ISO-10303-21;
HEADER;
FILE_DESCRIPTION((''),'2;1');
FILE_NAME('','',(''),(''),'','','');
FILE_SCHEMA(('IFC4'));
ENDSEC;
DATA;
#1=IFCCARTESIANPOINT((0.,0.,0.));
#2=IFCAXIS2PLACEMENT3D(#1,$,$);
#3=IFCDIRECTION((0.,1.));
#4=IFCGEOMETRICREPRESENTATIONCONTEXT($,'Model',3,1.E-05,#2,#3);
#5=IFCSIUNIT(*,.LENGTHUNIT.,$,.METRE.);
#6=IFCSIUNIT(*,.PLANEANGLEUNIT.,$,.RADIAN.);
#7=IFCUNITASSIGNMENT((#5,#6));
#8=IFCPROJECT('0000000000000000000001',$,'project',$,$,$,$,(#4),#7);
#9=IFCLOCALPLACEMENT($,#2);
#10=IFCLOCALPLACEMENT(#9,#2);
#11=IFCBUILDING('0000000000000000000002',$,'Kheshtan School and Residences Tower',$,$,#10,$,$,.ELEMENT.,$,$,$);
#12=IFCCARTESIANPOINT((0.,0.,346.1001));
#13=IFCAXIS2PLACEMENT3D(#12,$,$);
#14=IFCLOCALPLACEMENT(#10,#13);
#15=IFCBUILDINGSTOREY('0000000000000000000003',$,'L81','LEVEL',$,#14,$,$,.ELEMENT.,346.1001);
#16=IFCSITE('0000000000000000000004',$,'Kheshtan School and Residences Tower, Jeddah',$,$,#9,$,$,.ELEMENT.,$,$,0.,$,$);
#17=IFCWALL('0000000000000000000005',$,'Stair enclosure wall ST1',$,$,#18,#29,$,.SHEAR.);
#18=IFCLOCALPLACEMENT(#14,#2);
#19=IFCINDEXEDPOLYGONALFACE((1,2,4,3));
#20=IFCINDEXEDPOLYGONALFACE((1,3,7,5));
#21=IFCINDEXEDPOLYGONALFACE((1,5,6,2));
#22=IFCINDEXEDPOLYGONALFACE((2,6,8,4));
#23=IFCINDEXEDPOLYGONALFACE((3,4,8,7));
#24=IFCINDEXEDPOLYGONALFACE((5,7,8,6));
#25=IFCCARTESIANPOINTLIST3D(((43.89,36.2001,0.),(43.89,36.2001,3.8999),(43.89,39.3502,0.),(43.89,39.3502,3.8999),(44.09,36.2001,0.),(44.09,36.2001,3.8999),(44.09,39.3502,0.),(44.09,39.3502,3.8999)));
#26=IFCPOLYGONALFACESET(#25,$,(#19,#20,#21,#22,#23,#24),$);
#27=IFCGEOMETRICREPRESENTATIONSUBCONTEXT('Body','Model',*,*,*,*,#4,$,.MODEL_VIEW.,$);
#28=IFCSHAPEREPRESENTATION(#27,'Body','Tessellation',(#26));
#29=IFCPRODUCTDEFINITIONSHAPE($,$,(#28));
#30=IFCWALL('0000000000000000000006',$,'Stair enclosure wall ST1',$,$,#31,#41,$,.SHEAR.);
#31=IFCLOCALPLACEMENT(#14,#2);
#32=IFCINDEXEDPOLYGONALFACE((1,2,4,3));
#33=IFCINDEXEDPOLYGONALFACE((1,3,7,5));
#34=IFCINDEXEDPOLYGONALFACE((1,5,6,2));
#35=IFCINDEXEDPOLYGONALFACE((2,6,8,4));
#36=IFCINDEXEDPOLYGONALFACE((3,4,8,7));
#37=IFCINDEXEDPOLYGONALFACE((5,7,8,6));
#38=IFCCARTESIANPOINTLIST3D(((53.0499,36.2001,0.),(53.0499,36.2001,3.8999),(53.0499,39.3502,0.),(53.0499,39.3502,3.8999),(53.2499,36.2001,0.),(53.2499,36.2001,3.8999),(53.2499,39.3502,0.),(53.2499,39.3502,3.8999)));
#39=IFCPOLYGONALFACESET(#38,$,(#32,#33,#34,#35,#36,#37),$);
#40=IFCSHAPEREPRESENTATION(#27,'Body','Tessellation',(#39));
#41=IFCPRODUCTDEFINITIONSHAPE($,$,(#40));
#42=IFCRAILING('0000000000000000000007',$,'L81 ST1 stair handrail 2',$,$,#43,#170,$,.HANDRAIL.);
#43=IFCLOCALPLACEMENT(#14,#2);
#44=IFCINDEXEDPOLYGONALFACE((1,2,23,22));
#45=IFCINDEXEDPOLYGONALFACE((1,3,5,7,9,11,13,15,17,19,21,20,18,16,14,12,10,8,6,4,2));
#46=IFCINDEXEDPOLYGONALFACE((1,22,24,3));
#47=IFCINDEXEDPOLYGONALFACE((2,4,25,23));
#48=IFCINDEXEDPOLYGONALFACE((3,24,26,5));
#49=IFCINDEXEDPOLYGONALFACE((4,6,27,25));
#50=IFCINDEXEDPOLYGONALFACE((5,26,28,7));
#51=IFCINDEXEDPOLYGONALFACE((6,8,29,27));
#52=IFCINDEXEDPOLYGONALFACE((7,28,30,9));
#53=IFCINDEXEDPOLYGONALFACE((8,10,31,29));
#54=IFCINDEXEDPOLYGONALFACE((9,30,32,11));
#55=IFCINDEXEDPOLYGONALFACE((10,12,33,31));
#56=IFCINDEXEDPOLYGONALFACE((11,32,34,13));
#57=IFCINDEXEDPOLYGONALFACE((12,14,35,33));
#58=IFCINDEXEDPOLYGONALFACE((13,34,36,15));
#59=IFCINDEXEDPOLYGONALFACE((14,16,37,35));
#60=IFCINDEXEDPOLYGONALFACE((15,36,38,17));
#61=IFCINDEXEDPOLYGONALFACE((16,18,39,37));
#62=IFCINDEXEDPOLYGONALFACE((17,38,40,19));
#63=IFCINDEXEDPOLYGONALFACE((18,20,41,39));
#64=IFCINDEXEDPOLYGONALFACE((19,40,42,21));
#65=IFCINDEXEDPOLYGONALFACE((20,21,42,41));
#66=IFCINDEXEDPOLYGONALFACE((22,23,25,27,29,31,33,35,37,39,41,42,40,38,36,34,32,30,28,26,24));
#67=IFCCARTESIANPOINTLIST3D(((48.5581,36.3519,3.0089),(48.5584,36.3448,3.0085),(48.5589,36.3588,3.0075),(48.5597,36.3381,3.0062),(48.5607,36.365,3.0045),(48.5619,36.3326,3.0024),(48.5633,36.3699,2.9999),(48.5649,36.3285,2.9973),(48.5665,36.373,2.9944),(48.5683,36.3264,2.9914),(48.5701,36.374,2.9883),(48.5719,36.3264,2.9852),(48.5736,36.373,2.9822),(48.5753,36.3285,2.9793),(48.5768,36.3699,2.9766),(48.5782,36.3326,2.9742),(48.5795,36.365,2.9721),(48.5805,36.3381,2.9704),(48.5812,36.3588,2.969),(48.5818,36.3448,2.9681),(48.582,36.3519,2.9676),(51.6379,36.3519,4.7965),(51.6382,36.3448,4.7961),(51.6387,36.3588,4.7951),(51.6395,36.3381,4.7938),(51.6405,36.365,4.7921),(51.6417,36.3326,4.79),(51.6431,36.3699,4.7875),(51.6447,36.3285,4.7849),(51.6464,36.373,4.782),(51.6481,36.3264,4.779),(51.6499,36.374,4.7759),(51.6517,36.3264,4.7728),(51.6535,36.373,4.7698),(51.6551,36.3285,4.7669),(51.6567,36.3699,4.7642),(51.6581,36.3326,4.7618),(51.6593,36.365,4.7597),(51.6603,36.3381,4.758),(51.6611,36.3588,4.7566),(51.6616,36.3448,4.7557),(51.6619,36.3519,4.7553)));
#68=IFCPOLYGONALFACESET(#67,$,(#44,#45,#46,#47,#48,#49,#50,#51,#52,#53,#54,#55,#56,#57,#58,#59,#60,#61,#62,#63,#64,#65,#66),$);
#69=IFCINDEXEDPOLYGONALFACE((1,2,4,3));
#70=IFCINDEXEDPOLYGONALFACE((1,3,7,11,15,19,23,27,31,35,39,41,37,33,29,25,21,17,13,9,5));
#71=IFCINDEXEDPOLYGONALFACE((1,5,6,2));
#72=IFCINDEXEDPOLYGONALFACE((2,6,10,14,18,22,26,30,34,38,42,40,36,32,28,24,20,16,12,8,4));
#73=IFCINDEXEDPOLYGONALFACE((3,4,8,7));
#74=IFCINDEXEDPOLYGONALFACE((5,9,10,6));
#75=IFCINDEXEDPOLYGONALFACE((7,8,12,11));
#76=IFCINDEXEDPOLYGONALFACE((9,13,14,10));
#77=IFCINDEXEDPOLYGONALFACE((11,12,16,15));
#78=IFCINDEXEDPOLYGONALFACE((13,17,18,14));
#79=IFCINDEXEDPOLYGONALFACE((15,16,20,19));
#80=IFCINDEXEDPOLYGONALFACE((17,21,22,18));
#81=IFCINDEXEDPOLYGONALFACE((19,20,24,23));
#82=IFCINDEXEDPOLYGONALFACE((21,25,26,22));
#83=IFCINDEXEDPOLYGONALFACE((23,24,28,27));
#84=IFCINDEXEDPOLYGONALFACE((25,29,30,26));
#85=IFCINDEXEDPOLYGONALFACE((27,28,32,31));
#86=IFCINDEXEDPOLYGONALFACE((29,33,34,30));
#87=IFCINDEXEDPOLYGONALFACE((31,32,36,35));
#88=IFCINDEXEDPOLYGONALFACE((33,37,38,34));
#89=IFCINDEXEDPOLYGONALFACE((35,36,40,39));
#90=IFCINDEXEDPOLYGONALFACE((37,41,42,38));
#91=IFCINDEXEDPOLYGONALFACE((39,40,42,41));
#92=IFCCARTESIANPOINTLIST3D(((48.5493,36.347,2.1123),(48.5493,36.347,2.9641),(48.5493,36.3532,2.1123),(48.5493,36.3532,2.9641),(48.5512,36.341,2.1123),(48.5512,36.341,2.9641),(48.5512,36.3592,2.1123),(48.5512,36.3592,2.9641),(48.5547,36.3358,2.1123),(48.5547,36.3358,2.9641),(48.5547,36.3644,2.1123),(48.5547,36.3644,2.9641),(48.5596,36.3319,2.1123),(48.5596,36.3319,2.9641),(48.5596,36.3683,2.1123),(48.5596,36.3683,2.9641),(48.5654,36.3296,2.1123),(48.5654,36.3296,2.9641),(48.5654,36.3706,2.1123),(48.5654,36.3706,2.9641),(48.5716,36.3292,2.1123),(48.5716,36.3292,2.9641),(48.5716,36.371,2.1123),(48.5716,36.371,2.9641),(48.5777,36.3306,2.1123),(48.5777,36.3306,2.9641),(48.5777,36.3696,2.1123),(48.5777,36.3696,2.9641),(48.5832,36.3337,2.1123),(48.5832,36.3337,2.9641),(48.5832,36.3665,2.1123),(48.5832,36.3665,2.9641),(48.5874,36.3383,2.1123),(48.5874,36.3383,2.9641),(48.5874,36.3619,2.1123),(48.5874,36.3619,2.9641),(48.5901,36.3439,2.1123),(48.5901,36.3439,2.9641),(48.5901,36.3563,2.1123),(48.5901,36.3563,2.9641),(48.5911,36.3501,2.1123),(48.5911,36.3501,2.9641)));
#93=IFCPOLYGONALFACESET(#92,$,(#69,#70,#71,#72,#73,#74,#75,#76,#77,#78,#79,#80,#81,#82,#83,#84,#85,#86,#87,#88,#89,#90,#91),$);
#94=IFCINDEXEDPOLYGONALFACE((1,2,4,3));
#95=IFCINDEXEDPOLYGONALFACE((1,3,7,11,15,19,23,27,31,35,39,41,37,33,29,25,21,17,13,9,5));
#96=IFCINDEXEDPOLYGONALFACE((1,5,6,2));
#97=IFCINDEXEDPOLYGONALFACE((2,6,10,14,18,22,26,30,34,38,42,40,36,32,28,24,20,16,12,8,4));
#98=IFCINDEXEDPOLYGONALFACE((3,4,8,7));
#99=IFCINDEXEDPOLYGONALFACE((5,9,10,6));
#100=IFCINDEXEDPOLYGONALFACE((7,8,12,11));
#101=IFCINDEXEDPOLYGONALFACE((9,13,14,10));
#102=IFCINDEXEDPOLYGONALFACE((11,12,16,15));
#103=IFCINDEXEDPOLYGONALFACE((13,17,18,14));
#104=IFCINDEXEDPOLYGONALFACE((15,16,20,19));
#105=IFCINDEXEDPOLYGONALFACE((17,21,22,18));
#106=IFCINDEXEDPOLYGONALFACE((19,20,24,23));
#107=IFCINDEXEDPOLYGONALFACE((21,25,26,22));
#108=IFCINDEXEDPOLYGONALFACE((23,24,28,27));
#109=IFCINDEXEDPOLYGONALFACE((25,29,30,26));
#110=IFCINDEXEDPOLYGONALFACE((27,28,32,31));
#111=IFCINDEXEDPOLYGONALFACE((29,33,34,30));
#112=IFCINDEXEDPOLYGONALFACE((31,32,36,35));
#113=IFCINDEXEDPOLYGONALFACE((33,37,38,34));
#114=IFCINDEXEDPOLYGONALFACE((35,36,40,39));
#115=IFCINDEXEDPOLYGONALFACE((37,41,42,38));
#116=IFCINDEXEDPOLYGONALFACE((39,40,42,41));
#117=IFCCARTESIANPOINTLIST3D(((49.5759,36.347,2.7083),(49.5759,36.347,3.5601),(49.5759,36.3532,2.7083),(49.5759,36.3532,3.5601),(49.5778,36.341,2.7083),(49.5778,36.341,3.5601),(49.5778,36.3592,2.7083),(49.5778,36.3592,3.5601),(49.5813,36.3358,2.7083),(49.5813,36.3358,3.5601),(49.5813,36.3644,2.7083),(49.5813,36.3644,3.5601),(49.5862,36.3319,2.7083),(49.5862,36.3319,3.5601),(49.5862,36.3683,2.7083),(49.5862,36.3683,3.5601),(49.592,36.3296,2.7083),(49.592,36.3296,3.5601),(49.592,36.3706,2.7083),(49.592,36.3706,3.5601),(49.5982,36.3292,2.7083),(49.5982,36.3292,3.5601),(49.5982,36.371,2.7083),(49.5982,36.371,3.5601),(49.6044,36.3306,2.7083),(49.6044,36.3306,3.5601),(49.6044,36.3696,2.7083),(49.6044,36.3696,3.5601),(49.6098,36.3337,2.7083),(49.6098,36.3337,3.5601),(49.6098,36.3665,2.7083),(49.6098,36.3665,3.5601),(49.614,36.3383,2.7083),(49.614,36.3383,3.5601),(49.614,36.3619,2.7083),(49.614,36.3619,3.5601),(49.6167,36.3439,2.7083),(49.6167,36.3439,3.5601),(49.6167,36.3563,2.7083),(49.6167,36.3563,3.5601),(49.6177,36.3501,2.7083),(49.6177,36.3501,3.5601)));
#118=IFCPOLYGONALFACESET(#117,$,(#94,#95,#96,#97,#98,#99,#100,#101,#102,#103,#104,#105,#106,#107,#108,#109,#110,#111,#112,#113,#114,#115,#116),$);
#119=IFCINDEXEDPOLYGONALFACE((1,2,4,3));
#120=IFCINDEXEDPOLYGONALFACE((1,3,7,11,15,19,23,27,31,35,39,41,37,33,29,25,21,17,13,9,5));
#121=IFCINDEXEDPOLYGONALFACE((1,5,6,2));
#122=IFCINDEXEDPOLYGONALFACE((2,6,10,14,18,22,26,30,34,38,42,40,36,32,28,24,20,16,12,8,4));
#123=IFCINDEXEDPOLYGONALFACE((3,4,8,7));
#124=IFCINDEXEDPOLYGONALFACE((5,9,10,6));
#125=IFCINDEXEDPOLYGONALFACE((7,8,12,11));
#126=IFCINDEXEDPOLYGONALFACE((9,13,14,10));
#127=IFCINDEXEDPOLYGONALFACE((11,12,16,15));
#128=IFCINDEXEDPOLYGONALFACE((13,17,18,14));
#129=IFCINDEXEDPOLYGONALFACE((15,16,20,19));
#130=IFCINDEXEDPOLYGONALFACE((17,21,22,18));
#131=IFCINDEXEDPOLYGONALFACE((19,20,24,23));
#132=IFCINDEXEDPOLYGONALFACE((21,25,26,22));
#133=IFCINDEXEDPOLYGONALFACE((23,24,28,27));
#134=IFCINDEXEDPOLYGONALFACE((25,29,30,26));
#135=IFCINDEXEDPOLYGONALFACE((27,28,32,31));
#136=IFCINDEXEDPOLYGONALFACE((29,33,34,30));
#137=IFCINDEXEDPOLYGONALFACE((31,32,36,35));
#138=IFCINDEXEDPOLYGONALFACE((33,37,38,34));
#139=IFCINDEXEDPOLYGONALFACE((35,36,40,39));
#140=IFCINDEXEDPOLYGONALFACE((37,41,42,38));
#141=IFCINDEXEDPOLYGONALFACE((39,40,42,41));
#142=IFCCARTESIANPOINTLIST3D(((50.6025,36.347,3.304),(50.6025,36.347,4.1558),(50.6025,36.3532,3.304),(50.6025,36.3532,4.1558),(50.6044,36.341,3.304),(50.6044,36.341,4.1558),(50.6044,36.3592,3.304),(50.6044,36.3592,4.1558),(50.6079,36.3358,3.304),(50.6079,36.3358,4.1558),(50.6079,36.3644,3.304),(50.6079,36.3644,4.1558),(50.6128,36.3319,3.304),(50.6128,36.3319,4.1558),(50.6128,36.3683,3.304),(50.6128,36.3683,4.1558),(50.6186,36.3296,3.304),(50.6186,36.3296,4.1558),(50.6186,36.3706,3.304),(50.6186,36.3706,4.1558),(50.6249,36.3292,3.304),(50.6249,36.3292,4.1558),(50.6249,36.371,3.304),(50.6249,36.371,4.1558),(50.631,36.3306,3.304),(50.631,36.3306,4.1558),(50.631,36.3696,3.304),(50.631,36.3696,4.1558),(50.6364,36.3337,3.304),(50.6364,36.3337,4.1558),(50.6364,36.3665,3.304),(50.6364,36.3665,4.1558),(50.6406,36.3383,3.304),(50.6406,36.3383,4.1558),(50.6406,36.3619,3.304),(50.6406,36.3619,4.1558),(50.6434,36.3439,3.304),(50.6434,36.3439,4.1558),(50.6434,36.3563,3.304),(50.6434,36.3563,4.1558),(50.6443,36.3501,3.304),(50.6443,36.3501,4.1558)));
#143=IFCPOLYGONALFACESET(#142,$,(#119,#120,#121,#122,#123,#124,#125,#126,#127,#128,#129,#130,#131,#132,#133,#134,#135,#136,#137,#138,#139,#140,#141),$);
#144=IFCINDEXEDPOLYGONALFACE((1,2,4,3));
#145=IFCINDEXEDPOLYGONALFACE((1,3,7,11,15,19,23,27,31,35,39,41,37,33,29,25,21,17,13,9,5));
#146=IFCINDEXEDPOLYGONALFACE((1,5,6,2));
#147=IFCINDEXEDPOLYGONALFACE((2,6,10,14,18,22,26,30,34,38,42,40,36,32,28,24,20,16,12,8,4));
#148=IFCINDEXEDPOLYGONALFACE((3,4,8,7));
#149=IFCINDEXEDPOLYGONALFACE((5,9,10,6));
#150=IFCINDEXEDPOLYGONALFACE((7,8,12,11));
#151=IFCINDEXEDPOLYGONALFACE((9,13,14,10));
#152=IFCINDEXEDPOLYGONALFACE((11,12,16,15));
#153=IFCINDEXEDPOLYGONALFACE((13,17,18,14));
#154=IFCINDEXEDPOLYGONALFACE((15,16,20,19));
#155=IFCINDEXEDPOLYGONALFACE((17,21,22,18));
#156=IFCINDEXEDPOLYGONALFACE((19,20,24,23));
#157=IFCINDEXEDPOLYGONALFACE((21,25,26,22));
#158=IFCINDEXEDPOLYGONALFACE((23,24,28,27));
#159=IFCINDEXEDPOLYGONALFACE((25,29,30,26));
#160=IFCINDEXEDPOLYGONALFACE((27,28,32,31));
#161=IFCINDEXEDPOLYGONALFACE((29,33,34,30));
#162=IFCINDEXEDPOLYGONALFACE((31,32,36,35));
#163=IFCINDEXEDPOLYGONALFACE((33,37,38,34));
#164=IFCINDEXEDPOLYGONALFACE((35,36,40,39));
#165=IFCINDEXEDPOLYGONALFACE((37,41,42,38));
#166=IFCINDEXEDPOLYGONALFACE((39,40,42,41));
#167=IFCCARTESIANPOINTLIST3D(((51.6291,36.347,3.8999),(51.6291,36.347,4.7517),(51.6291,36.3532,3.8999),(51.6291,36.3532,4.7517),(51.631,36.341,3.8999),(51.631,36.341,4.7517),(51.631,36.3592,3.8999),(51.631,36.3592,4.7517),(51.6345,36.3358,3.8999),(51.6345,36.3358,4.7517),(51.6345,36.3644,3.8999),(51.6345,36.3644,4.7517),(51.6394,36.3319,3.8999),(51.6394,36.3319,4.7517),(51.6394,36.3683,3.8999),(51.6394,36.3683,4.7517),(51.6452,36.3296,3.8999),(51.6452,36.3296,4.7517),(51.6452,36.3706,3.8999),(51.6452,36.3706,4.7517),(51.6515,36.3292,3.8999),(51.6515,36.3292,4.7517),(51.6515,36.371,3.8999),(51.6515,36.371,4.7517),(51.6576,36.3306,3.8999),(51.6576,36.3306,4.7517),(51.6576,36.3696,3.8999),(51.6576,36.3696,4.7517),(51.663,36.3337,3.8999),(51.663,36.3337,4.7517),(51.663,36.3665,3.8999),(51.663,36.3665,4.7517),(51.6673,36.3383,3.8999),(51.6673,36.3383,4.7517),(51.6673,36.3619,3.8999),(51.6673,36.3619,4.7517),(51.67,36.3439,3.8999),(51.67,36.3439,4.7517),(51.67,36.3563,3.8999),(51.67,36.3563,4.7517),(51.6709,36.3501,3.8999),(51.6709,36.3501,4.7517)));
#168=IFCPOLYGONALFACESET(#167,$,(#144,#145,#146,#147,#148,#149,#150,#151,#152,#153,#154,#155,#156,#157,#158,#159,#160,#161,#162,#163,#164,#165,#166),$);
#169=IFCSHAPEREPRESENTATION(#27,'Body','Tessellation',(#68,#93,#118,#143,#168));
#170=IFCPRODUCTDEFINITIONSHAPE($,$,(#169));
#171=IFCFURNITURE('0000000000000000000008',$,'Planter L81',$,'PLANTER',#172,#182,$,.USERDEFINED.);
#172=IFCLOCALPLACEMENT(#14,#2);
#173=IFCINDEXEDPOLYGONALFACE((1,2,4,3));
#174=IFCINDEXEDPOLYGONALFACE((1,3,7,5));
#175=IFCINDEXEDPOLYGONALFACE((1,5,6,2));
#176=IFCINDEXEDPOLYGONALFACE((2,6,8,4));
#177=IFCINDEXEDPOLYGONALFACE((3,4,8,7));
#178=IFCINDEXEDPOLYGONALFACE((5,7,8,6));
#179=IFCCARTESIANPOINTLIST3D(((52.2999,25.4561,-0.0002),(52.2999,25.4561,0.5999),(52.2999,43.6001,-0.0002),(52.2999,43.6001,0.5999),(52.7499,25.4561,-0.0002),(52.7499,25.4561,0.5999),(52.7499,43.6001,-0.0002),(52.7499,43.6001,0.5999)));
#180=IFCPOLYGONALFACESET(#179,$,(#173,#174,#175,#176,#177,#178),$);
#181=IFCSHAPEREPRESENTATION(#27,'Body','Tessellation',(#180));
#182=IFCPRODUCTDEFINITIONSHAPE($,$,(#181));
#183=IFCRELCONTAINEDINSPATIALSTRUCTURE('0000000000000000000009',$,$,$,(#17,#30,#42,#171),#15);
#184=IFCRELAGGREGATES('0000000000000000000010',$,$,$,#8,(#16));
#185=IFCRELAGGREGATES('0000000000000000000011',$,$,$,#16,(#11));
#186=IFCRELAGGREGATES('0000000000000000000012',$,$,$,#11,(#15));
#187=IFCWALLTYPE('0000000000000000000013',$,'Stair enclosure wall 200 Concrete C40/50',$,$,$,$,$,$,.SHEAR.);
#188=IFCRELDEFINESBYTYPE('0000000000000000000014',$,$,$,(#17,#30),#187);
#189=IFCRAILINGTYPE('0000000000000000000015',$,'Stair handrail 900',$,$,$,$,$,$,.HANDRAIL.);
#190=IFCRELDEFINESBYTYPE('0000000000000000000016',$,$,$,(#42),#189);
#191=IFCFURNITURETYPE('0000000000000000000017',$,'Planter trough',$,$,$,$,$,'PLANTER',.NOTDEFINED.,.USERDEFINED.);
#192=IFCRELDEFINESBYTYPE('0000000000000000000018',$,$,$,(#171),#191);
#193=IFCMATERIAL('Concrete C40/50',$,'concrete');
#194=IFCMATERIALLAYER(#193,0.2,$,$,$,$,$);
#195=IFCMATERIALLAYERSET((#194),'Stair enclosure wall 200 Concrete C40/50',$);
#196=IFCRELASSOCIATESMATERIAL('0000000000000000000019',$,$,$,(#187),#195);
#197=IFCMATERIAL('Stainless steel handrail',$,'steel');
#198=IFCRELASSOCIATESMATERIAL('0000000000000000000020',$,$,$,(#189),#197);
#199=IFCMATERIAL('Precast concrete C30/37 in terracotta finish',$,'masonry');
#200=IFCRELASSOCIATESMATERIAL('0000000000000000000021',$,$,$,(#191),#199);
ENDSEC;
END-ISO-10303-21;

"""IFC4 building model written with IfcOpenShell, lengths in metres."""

from ifc_helpers import new_model, si_unit, direction, frame, frame_2d, origin, origin_2d, place, context, subcontext, project, spatial, rectangle, circle, extrude, material, layer, layer_set, type_object, element, save


model = new_model("IFC4")

# Units and contexts
model_context = context("Model", 3, precision=1e-05, world=origin(), true_north=direction((0.0, 1.0)))
body_context = subcontext(model_context, "Body", "Model", "MODEL_VIEW")
ifc_project = project(units=[si_unit("LENGTHUNIT", "METRE"), si_unit("PLANEANGLEUNIT", "RADIAN")], contexts=[model_context])

# Site, building, storey
site_placement = place(None, origin())
site = spatial("IfcSite", under=ifc_project, at=site_placement, Name="Kheshtan School and Residences Tower, Jeddah", CompositionType="ELEMENT", RefElevation=0.0)
building_placement = place(site_placement, origin())
building = spatial("IfcBuilding", under=site, at=building_placement, Name="Kheshtan School and Residences Tower", CompositionType="ELEMENT")
storey_placement = place(building_placement, frame((0.0, 0.0, 346.1001)))
storey = spatial("IfcBuildingStorey", under=building, at=storey_placement, Name="L81", Description="LEVEL", CompositionType="ELEMENT", Elevation=346.1001)

# Walls
ifc_material_1 = material(Name="Concrete C40/50", Category="concrete")
ifc_layer_1 = layer(ifc_material_1, 0.2)
ifc_layer_set_1 = layer_set([ifc_layer_1], Name="Stair enclosure wall 200 Concrete C40/50")
wall_type_1 = type_object("IfcWallType", Name="Stair enclosure wall 200 Concrete C40/50", PredefinedType="SHEAR", material=ifc_layer_set_1)
for number, where, z_axis, x_axis, name in (
    (1, (43.99, 36.2, 0.0), (0.0, 0.0, 1.0), (0.0, 1.0, 0.0), "Stair enclosure wall ST1"),
    (2, (53.1499, 36.2, 0.0), (0.0, 0.0, 1.0), (0.0, 1.0, 0.0), "Stair enclosure wall ST1"),
):
    element("IfcWall", number, at=place(storey_placement, frame(where, z_axis=z_axis, x_axis=x_axis)), inside=storey, type_object=wall_type_1, Name=name, PredefinedType="SHEAR", context=body_context, shape_type="SweptSolid", body=[
        extrude(rectangle(XDim=3.1501, YDim=0.2, at=frame_2d((1.5752, 0.0))), origin(), (0.0, 0.0, 1.0), 3.8999),
    ])

# Railing
ifc_material_2 = material(Name="Stainless steel handrail", Category="steel")
railing_type = type_object("IfcRailingType", Name="Stair handrail 900", PredefinedType="HANDRAIL", material=ifc_material_2)
railing_placement = place(storey_placement, frame((48.5701, 36.3501, 2.1123)))
element("IfcRailing", 3, at=railing_placement, inside=storey, type_object=railing_type, Name="L81 ST1 stair handrail 2", PredefinedType="HANDRAIL", context=body_context, shape_type="SweptSolid", body=[
    extrude(circle(Radius=0.0239, at=origin_2d()), frame((0.0, 0.0, 0.876), z_axis=(0.864873, 0.0, 0.50199), x_axis=(0.0, 1.0, 0.0)), (0.0, 0.0, 1.0), 3.561),
    extrude(circle(Radius=0.021, at=origin_2d()), origin(), (0.0, 0.0, 1.0), 0.8518),
    extrude(circle(Radius=0.021, at=origin_2d()), frame((1.0266, 0.0, 0.5959)), (0.0, 0.0, 1.0), 0.8518),
    extrude(circle(Radius=0.021, at=origin_2d()), frame((2.0532, 0.0, 1.1917)), (0.0, 0.0, 1.0), 0.8518),
    extrude(circle(Radius=0.021, at=origin_2d()), frame((3.0798, 0.0, 1.7876)), (0.0, 0.0, 1.0), 0.8518),
])

# Furniture
ifc_material_3 = material(Name="Precast concrete C30/37 in terracotta finish", Category="masonry")
furniture_type = type_object("IfcFurnitureType", Name="Planter trough", ElementType="PLANTER", AssemblyPlace="NOTDEFINED", PredefinedType="USERDEFINED", material=ifc_material_3)
furniture_placement = place(storey_placement, frame((52.5249, 34.5281, -0.0002), z_axis=(0.0, 0.0, 1.0), x_axis=(0.0, -1.0, 0.0)))
element("IfcFurniture", 4, at=furniture_placement, inside=storey, type_object=furniture_type, Name="Planter L81", ObjectType="PLANTER", PredefinedType="USERDEFINED", context=body_context, shape_type="SweptSolid", body=[
    extrude(rectangle(XDim=18.144, YDim=0.45, at=origin_2d()), origin(), (0.0, 0.0, 1.0), 0.6001),
])

save(model, "model.ifc")
